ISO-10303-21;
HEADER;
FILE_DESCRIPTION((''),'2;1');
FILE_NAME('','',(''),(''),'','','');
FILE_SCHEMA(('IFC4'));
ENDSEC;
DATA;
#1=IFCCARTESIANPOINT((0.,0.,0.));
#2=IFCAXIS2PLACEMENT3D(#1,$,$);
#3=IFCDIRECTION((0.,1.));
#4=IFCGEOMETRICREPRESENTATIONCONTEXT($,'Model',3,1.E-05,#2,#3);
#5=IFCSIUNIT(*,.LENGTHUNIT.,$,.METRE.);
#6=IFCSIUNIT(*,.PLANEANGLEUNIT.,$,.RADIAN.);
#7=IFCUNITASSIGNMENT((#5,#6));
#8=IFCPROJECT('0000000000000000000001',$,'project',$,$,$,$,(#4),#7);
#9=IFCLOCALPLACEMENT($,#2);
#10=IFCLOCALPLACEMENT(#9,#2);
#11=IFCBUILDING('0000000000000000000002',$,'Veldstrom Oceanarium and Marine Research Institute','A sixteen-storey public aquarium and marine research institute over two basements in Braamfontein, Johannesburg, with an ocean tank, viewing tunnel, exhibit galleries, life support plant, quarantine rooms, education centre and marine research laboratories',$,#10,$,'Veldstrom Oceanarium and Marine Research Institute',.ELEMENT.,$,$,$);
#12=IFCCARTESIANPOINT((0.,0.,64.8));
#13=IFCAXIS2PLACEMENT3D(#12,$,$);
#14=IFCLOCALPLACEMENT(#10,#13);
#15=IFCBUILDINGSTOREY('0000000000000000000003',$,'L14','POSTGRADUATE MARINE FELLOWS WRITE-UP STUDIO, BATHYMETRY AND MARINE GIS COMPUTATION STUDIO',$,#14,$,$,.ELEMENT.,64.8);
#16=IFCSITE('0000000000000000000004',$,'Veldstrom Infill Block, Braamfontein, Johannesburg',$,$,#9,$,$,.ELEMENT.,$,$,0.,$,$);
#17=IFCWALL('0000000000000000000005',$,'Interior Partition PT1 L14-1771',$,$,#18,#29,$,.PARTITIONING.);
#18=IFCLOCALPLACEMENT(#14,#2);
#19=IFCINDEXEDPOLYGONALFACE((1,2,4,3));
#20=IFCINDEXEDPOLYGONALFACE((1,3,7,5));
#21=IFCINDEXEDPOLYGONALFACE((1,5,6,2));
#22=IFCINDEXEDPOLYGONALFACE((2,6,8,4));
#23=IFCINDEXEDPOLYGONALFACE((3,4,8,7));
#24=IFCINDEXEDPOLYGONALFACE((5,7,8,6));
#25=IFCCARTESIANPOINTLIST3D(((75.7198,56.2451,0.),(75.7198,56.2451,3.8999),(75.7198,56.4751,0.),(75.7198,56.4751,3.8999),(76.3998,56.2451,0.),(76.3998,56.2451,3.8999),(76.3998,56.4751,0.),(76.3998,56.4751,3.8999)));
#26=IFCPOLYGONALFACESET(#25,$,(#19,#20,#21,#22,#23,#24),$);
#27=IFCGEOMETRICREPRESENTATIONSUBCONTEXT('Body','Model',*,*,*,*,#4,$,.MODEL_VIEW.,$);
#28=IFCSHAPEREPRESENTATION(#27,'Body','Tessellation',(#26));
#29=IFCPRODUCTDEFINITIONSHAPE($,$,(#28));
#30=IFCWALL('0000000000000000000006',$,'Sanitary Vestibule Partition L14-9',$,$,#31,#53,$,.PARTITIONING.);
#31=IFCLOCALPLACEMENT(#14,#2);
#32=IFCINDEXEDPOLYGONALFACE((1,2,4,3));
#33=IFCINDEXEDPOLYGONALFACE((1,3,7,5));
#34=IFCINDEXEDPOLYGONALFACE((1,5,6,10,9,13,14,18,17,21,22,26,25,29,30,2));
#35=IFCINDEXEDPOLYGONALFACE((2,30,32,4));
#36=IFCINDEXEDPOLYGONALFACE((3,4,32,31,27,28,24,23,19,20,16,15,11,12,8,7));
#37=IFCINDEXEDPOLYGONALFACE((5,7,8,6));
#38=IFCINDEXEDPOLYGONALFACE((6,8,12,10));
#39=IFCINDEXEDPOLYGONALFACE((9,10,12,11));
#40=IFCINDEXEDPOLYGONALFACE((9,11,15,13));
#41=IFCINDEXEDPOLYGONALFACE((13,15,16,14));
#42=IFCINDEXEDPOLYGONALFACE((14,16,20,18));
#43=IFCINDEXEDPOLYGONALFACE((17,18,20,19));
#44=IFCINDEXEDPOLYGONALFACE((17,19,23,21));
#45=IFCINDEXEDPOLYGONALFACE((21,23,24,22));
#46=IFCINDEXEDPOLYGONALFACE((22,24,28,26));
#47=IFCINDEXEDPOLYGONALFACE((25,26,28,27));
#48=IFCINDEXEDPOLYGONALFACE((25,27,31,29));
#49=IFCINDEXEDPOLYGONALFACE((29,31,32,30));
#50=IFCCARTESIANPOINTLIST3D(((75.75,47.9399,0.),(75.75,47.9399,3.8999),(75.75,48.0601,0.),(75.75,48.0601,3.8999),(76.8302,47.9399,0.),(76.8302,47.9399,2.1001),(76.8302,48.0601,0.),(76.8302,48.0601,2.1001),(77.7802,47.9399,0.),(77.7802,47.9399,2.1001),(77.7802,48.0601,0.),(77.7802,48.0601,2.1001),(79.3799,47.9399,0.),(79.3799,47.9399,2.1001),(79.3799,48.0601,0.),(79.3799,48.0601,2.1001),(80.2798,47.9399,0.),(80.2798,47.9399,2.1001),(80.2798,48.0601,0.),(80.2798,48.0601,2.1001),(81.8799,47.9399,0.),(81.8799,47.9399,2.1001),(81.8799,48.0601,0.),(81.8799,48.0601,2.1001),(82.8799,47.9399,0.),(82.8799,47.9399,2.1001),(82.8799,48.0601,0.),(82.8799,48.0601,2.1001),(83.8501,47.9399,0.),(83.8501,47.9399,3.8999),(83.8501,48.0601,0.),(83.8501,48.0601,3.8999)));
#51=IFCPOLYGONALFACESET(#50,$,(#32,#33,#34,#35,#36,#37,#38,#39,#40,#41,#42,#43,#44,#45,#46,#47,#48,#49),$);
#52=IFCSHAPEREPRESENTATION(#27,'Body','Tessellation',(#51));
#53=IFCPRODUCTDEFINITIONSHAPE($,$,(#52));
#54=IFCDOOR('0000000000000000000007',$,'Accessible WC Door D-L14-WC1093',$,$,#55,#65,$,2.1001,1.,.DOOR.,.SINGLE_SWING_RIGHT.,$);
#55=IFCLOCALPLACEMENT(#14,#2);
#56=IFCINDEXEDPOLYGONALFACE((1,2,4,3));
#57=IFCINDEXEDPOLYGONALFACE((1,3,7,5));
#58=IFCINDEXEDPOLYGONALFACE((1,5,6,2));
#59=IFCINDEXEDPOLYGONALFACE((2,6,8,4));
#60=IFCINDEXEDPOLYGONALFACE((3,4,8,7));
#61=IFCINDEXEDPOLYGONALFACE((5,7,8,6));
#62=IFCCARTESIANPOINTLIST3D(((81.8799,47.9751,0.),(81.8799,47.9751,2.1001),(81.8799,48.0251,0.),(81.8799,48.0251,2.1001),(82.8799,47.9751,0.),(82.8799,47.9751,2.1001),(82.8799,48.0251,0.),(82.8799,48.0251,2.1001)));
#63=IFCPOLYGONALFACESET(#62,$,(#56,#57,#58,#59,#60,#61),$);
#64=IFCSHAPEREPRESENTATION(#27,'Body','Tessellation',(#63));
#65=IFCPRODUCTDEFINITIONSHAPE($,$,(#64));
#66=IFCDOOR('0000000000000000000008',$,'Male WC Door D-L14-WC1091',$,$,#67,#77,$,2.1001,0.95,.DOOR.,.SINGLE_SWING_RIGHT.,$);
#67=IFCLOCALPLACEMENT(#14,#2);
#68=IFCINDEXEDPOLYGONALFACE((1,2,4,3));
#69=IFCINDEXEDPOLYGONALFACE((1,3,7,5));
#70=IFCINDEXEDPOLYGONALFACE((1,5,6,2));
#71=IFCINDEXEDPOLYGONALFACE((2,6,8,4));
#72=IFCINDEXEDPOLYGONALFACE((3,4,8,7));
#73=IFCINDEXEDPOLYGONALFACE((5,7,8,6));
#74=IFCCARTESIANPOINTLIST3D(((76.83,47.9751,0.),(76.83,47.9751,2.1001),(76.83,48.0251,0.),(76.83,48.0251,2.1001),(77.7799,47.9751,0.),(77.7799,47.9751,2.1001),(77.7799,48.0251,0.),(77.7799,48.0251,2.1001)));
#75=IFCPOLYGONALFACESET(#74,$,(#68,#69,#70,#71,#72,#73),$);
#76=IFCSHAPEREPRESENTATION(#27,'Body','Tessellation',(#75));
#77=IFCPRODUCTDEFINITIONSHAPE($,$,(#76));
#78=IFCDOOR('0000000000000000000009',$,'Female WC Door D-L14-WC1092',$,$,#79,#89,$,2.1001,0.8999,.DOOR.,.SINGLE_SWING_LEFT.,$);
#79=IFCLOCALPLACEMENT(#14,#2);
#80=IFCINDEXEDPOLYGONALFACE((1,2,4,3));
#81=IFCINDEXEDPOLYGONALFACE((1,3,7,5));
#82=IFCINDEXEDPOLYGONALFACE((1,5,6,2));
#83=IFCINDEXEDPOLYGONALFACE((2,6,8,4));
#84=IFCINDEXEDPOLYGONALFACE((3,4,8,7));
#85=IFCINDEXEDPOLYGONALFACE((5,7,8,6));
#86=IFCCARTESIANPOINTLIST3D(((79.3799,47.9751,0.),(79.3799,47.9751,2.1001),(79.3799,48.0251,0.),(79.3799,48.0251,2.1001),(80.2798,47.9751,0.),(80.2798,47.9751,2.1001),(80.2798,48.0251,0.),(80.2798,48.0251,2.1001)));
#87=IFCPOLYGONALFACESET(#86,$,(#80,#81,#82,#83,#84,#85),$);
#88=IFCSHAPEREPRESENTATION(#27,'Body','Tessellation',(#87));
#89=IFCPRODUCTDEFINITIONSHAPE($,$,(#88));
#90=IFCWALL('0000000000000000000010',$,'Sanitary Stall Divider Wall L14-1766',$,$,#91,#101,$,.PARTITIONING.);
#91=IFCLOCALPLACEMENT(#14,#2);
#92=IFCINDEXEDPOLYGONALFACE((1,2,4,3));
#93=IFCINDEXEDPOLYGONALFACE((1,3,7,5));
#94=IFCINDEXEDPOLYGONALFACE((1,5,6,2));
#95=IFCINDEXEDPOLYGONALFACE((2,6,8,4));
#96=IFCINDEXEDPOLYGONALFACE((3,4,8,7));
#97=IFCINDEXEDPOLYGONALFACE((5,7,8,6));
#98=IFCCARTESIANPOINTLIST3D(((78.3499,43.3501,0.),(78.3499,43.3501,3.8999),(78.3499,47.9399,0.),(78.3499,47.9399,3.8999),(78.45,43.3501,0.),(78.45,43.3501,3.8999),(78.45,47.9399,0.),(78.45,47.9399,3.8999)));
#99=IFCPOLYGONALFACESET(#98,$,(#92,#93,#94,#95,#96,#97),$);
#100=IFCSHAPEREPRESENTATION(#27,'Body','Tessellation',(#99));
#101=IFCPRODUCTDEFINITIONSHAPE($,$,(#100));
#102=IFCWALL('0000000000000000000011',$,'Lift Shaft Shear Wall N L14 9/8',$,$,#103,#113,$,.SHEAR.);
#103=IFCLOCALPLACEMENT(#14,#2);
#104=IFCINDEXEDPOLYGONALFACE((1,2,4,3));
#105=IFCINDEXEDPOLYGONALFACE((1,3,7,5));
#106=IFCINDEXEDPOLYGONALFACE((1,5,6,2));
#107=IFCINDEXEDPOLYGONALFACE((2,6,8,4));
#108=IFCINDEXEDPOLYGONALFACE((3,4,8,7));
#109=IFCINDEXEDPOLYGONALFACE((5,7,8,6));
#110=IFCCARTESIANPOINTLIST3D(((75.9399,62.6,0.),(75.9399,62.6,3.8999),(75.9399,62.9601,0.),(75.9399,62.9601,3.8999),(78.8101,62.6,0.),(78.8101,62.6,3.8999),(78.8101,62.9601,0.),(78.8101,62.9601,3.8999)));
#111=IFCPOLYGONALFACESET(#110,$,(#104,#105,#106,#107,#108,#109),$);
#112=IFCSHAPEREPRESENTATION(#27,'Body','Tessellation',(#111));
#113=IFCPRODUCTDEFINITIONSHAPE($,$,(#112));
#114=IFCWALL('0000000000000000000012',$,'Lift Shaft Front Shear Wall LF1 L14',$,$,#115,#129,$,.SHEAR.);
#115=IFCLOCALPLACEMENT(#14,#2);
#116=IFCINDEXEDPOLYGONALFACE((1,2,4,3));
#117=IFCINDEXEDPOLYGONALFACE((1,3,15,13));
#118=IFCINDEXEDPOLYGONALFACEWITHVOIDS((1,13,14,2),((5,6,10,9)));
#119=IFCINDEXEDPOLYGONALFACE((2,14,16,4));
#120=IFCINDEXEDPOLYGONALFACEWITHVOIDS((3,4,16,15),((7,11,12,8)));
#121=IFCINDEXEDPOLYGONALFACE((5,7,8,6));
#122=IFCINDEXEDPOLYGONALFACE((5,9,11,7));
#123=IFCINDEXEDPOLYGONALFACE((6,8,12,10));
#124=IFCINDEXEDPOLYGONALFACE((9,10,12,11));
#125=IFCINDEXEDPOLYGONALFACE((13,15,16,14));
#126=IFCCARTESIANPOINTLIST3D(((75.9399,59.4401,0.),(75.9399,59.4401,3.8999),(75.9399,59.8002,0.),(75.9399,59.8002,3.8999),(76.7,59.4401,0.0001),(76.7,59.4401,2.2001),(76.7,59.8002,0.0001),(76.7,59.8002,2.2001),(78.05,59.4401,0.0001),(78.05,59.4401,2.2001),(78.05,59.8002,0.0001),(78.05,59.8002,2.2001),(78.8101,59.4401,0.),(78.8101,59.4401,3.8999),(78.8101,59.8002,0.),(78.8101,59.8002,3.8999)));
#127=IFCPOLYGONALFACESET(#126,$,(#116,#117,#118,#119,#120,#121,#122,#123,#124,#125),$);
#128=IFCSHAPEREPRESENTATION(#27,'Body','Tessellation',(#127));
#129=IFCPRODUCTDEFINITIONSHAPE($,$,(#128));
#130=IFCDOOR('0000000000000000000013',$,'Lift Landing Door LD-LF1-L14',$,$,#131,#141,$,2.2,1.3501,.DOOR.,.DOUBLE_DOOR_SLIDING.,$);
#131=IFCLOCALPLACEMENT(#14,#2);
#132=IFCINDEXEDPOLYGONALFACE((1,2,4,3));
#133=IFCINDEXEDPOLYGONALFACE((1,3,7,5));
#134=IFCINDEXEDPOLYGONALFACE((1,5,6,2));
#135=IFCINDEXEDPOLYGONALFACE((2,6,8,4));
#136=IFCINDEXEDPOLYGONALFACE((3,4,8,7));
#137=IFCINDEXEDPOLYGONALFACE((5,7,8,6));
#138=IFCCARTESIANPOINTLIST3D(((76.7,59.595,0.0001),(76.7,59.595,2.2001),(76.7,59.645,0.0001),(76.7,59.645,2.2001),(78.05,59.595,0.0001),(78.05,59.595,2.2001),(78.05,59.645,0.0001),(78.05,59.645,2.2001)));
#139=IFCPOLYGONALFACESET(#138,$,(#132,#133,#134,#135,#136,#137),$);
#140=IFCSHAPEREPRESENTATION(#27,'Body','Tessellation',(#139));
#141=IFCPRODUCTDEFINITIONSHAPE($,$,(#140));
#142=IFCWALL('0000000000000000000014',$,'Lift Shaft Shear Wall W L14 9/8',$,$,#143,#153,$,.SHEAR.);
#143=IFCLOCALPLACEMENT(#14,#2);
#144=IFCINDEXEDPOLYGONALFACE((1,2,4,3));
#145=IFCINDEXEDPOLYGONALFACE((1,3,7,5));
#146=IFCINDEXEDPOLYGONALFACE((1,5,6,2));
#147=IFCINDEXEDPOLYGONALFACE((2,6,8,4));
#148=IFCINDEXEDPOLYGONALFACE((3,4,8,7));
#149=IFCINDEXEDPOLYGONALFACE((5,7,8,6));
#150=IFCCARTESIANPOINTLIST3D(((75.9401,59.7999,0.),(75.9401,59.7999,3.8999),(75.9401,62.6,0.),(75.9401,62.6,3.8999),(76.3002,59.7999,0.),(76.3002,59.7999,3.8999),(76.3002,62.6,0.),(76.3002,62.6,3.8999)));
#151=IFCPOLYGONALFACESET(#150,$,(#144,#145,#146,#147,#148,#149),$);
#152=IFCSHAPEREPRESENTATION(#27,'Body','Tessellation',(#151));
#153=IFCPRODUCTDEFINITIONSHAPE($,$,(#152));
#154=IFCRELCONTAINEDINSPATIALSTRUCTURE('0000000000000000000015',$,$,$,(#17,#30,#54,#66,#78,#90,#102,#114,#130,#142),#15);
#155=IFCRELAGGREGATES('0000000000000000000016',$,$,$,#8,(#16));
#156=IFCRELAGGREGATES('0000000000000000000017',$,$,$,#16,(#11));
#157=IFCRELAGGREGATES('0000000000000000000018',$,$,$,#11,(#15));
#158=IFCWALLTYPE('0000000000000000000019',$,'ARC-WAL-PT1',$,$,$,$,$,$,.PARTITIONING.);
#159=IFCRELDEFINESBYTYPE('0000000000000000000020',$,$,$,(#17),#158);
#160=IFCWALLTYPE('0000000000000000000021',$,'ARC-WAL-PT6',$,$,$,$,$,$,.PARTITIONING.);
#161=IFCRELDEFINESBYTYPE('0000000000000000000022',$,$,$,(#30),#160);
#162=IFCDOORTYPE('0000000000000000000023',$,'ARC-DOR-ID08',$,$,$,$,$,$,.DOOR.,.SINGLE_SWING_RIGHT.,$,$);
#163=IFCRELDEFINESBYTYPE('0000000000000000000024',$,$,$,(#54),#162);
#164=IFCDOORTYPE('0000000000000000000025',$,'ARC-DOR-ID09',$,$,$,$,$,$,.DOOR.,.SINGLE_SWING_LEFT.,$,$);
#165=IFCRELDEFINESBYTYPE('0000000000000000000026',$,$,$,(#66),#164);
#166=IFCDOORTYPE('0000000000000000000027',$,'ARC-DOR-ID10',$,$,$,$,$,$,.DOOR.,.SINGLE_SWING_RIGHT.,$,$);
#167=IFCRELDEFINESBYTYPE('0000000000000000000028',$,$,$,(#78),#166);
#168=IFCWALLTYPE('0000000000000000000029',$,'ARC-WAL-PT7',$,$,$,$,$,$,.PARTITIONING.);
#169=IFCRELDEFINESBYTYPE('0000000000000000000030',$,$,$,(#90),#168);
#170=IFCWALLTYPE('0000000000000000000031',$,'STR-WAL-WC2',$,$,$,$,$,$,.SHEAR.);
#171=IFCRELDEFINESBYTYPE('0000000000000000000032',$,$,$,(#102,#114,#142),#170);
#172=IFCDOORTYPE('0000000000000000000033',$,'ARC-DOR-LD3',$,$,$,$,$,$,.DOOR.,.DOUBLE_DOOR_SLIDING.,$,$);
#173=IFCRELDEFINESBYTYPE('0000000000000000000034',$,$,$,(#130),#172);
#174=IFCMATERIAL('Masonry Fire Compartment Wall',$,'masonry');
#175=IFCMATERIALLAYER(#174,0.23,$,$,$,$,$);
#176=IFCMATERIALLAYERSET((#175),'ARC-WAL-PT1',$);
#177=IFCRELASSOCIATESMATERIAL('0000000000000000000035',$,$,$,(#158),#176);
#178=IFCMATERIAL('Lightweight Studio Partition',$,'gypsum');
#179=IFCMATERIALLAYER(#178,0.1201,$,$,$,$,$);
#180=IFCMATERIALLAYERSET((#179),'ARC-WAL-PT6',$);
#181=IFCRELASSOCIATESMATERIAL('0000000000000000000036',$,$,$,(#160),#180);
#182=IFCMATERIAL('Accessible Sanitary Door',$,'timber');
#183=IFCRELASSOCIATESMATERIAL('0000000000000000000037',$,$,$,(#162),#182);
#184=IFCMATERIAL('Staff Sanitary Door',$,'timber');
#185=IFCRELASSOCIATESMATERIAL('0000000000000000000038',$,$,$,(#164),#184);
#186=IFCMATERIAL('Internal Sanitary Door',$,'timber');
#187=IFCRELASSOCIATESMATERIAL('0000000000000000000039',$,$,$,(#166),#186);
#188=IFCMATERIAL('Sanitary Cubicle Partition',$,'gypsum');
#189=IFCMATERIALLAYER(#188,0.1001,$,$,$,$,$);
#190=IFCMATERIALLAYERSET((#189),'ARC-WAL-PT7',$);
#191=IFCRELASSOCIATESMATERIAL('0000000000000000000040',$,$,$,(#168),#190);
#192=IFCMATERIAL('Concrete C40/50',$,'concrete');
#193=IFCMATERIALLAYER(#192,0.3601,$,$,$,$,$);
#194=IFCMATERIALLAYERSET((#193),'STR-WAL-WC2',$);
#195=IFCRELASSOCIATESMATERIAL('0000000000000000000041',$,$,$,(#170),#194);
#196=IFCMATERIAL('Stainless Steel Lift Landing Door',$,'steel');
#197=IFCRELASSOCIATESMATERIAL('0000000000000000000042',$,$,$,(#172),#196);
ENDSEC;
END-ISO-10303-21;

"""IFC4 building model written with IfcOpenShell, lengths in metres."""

from ifc_helpers import new_model, si_unit, direction, frame, frame_2d, origin, place, context, subcontext, project, spatial, rectangle, extrude, material, layer, layer_set, type_object, element, fill, save


model = new_model("IFC4")

# Units and contexts
model_context = context("Model", 3, precision=1e-05, world=origin(), true_north=direction((0.0, 1.0)))
body_context = subcontext(model_context, "Body", "Model", "MODEL_VIEW")
ifc_project = project(units=[si_unit("LENGTHUNIT", "METRE"), si_unit("PLANEANGLEUNIT", "RADIAN")], contexts=[model_context])

# Site, building, storey
site_placement = place(None, origin())
site = spatial("IfcSite", under=ifc_project, at=site_placement, Name="Veldstrom Infill Block, Braamfontein, Johannesburg", CompositionType="ELEMENT", RefElevation=0.0)
building_placement = place(site_placement, origin())
building = spatial("IfcBuilding", under=site, at=building_placement, Name="Veldstrom Oceanarium and Marine Research Institute", Description="A sixteen-storey public aquarium and marine research institute over two basements in Braamfontein, Johannesburg, with an ocean tank, viewing tunnel, exhibit galleries, life support plant, quarantine rooms, education centre and marine research laboratories", LongName="Veldstrom Oceanarium and Marine Research Institute", CompositionType="ELEMENT")
storey_placement = place(building_placement, frame((0.0, 0.0, 64.8)))
storey = spatial("IfcBuildingStorey", under=building, at=storey_placement, Name="L14", Description="POSTGRADUATE MARINE FELLOWS WRITE-UP STUDIO, BATHYMETRY AND MARINE GIS COMPUTATION STUDIO", CompositionType="ELEMENT", Elevation=64.8)

# Shared definitions
ifc_material_1 = material(Name="Masonry Fire Compartment Wall", Category="masonry")
ifc_layer_1 = layer(ifc_material_1, 0.23)
ifc_layer_set_1 = layer_set([ifc_layer_1], Name="ARC-WAL-PT1")
wall_type_1 = type_object("IfcWallType", Name="ARC-WAL-PT1", PredefinedType="PARTITIONING", material=ifc_layer_set_1)

# Wall
wall_1_placement = place(storey_placement, frame((75.72, 56.3601, 0.0), z_axis=(0.0, 0.0, 1.0), x_axis=(1.0, 0.0, 0.0)))
element("IfcWall", 1, at=wall_1_placement, inside=storey, type_object=wall_type_1, Name="Interior Partition PT1 L14-1771", PredefinedType="PARTITIONING", context=body_context, shape_type="SweptSolid", body=[
    extrude(rectangle(XDim=0.6799, YDim=0.23, at=frame_2d((0.3398, 0.0))), origin(), (0.0, 0.0, 1.0), 3.8999),
])

# Wall, openings, doors
ifc_material_2 = material(Name="Lightweight Studio Partition", Category="gypsum")
ifc_layer_2 = layer(ifc_material_2, 0.1201)
ifc_layer_set_2 = layer_set([ifc_layer_2], Name="ARC-WAL-PT6")
wall_type_2 = type_object("IfcWallType", Name="ARC-WAL-PT6", PredefinedType="PARTITIONING", material=ifc_layer_set_2)
wall_2_placement = place(storey_placement, frame((75.75, 48.0, 0.0), z_axis=(0.0, 0.0, 1.0), x_axis=(1.0, 0.0, 0.0)))
wall_2 = element("IfcWall", 2, at=wall_2_placement, inside=storey, type_object=wall_type_2, Name="Sanitary Vestibule Partition L14-9", PredefinedType="PARTITIONING", context=body_context, shape_type="SweptSolid", body=[
    extrude(rectangle(XDim=8.1001, YDim=0.1201, at=frame_2d((4.05, 0.0))), origin(), (0.0, 0.0, 1.0), 3.8999),
])
opening_1_placement = place(wall_2_placement, frame((1.0801, 0.0, 0.0)))
opening_1 = element("IfcOpeningElement", 3, at=opening_1_placement, cuts=wall_2, PredefinedType="OPENING", context=body_context, shape_type="SweptSolid", body=[
    extrude(rectangle(XDim=0.95, YDim=2.1001, at=frame_2d((0.4751, 1.05))), frame((0.0, 0.0701, 0.0), z_axis=(0.0, -1.0, 0.0), x_axis=(1.0, 0.0, 0.0)), (0.0, 0.0, 1.0), 0.1401),
])
opening_2_placement = place(wall_2_placement, frame((3.6299, 0.0, 0.0)))
opening_2 = element("IfcOpeningElement", 4, at=opening_2_placement, cuts=wall_2, PredefinedType="OPENING", context=body_context, shape_type="SweptSolid", body=[
    extrude(rectangle(XDim=0.8999, YDim=2.1001, at=frame_2d((0.45, 1.05))), frame((0.0, 0.0701, 0.0), z_axis=(0.0, -1.0, 0.0), x_axis=(1.0, 0.0, 0.0)), (0.0, 0.0, 1.0), 0.1401),
])
opening_3_placement = place(wall_2_placement, frame((6.1299, 0.0, 0.0)))
opening_3 = element("IfcOpeningElement", 5, at=opening_3_placement, cuts=wall_2, PredefinedType="OPENING", context=body_context, shape_type="SweptSolid", body=[
    extrude(rectangle(XDim=1.0, YDim=2.1001, at=frame_2d((0.5, 1.05))), frame((0.0, 0.0701, 0.0), z_axis=(0.0, -1.0, 0.0), x_axis=(1.0, 0.0, 0.0)), (0.0, 0.0, 1.0), 0.1401),
])
ifc_material_3 = material(Name="Accessible Sanitary Door", Category="timber")
door_type_1 = type_object("IfcDoorType", Name="ARC-DOR-ID08", OperationType="SINGLE_SWING_RIGHT", PredefinedType="DOOR", material=ifc_material_3)
door_1_placement = place(opening_3_placement, frame((1.0, 0.0, 0.0), z_axis=(0.0, 0.0, 1.0), x_axis=(-1.0, 0.0, 0.0)))
door_1 = element("IfcDoor", 6, at=door_1_placement, inside=storey, type_object=door_type_1, Name="Accessible WC Door D-L14-WC1093", OperationType="SINGLE_SWING_RIGHT", OverallHeight=2.1001, OverallWidth=1.0, PredefinedType="DOOR", context=body_context, shape_type="SweptSolid", body=[
    extrude(rectangle(XDim=1.0, YDim=2.1001, at=frame_2d((0.5, 1.05))), frame((0.0, 0.0249, 0.0), z_axis=(0.0, -1.0, 0.0), x_axis=(1.0, 0.0, 0.0)), (0.0, 0.0, 1.0), 0.05),
])
fill(opening_3, door_1)
ifc_material_4 = material(Name="Staff Sanitary Door", Category="timber")
door_type_2 = type_object("IfcDoorType", Name="ARC-DOR-ID09", OperationType="SINGLE_SWING_LEFT", PredefinedType="DOOR", material=ifc_material_4)
door_2_placement = place(opening_1_placement, frame((0.95, 0.0, 0.0), z_axis=(0.0, 0.0, 1.0), x_axis=(-1.0, 0.0, 0.0)))
door_2 = element("IfcDoor", 7, at=door_2_placement, inside=storey, type_object=door_type_2, Name="Male WC Door D-L14-WC1091", OperationType="SINGLE_SWING_RIGHT", OverallHeight=2.1001, OverallWidth=0.95, PredefinedType="DOOR", context=body_context, shape_type="SweptSolid", body=[
    extrude(rectangle(XDim=0.95, YDim=2.1001, at=frame_2d((0.4751, 1.05))), frame((0.0, 0.0249, 0.0), z_axis=(0.0, -1.0, 0.0), x_axis=(1.0, 0.0, 0.0)), (0.0, 0.0, 1.0), 0.05),
])
fill(opening_1, door_2)
ifc_material_5 = material(Name="Internal Sanitary Door", Category="timber")
door_type_3 = type_object("IfcDoorType", Name="ARC-DOR-ID10", OperationType="SINGLE_SWING_RIGHT", PredefinedType="DOOR", material=ifc_material_5)
door_3_placement = place(opening_2_placement, frame((0.8999, 0.0, 0.0), z_axis=(0.0, 0.0, 1.0), x_axis=(-1.0, 0.0, 0.0)))
door_3 = element("IfcDoor", 8, at=door_3_placement, inside=storey, type_object=door_type_3, Name="Female WC Door D-L14-WC1092", OperationType="SINGLE_SWING_LEFT", OverallHeight=2.1001, OverallWidth=0.8999, PredefinedType="DOOR", context=body_context, shape_type="SweptSolid", body=[
    extrude(rectangle(XDim=0.8999, YDim=2.1001, at=frame_2d((0.45, 1.05))), frame((0.0, 0.0249, 0.0), z_axis=(0.0, -1.0, 0.0), x_axis=(1.0, 0.0, 0.0)), (0.0, 0.0, 1.0), 0.05),
])
fill(opening_2, door_3)

# Walls
ifc_material_6 = material(Name="Sanitary Cubicle Partition", Category="gypsum")
ifc_layer_3 = layer(ifc_material_6, 0.1001)
ifc_layer_set_3 = layer_set([ifc_layer_3], Name="ARC-WAL-PT7")
wall_type_3 = type_object("IfcWallType", Name="ARC-WAL-PT7", PredefinedType="PARTITIONING", material=ifc_layer_set_3)
wall_3_placement = place(storey_placement, frame((78.3999, 43.3501, 0.0), z_axis=(0.0, 0.0, 1.0), x_axis=(0.0, 1.0, 0.0)))
element("IfcWall", 9, at=wall_3_placement, inside=storey, type_object=wall_type_3, Name="Sanitary Stall Divider Wall L14-1766", PredefinedType="PARTITIONING", context=body_context, shape_type="SweptSolid", body=[
    extrude(rectangle(XDim=4.5898, YDim=0.1001, at=frame_2d((2.2949, 0.0))), origin(), (0.0, 0.0, 1.0), 3.8999),
])
ifc_material_7 = material(Name="Concrete C40/50", Category="concrete")
ifc_layer_4 = layer(ifc_material_7, 0.3601)
ifc_layer_set_4 = layer_set([ifc_layer_4], Name="STR-WAL-WC2")
wall_type_4 = type_object("IfcWallType", Name="STR-WAL-WC2", PredefinedType="SHEAR", material=ifc_layer_set_4)
wall_4_placement = place(storey_placement, frame((75.9399, 62.78, 0.0), z_axis=(0.0, 0.0, 1.0), x_axis=(1.0, 0.0, 0.0)))
element("IfcWall", 10, at=wall_4_placement, inside=storey, type_object=wall_type_4, Name="Lift Shaft Shear Wall N L14 9/8", PredefinedType="SHEAR", context=body_context, shape_type="SweptSolid", body=[
    extrude(rectangle(XDim=2.8701, YDim=0.3601, at=frame_2d((1.4351, 0.0))), origin(), (0.0, 0.0, 1.0), 3.8999),
])

# Wall, opening, door
wall_5_placement = place(storey_placement, frame((75.9399, 59.6201, 0.0), z_axis=(0.0, 0.0, 1.0), x_axis=(1.0, 0.0, 0.0)))
wall_5 = element("IfcWall", 11, at=wall_5_placement, inside=storey, type_object=wall_type_4, Name="Lift Shaft Front Shear Wall LF1 L14", PredefinedType="SHEAR", context=body_context, shape_type="SweptSolid", body=[
    extrude(rectangle(XDim=2.8701, YDim=0.3601, at=frame_2d((1.4351, 0.0))), origin(), (0.0, 0.0, 1.0), 3.8999),
])
opening_4_placement = place(wall_5_placement, frame((0.76, 0.0, 0.0)))
opening_4 = element("IfcOpeningElement", 12, at=opening_4_placement, cuts=wall_5, PredefinedType="OPENING", context=body_context, shape_type="SweptSolid", body=[
    extrude(rectangle(XDim=1.3501, YDim=2.2, at=frame_2d((0.675, 1.1001))), frame((0.0, 0.1899, 0.0), z_axis=(0.0, -1.0, 0.0), x_axis=(1.0, 0.0, 0.0)), (0.0, 0.0, 1.0), 0.3801),
])
ifc_material_8 = material(Name="Stainless Steel Lift Landing Door", Category="steel")
door_type_4 = type_object("IfcDoorType", Name="ARC-DOR-LD3", OperationType="DOUBLE_DOOR_SLIDING", PredefinedType="DOOR", material=ifc_material_8)
door_4_placement = place(opening_4_placement, origin())
door_4 = element("IfcDoor", 13, at=door_4_placement, inside=storey, type_object=door_type_4, Name="Lift Landing Door LD-LF1-L14", OperationType="DOUBLE_DOOR_SLIDING", OverallHeight=2.2, OverallWidth=1.3501, PredefinedType="DOOR", context=body_context, shape_type="SweptSolid", body=[
    extrude(rectangle(XDim=1.3501, YDim=2.2, at=frame_2d((0.675, 1.1001))), frame((0.0, 0.0249, 0.0), z_axis=(0.0, -1.0, 0.0), x_axis=(1.0, 0.0, 0.0)), (0.0, 0.0, 1.0), 0.05),
])
fill(opening_4, door_4)

# Wall
wall_6_placement = place(storey_placement, frame((76.1201, 59.8, 0.0), z_axis=(0.0, 0.0, 1.0), x_axis=(0.0, 1.0, 0.0)))
element("IfcWall", 14, at=wall_6_placement, inside=storey, type_object=wall_type_4, Name="Lift Shaft Shear Wall W L14 9/8", PredefinedType="SHEAR", context=body_context, shape_type="SweptSolid", body=[
    extrude(rectangle(XDim=2.8, YDim=0.3601, at=frame_2d((1.3999, 0.0))), origin(), (0.0, 0.0, 1.0), 3.8999),
])

save(model, "model.ifc")
